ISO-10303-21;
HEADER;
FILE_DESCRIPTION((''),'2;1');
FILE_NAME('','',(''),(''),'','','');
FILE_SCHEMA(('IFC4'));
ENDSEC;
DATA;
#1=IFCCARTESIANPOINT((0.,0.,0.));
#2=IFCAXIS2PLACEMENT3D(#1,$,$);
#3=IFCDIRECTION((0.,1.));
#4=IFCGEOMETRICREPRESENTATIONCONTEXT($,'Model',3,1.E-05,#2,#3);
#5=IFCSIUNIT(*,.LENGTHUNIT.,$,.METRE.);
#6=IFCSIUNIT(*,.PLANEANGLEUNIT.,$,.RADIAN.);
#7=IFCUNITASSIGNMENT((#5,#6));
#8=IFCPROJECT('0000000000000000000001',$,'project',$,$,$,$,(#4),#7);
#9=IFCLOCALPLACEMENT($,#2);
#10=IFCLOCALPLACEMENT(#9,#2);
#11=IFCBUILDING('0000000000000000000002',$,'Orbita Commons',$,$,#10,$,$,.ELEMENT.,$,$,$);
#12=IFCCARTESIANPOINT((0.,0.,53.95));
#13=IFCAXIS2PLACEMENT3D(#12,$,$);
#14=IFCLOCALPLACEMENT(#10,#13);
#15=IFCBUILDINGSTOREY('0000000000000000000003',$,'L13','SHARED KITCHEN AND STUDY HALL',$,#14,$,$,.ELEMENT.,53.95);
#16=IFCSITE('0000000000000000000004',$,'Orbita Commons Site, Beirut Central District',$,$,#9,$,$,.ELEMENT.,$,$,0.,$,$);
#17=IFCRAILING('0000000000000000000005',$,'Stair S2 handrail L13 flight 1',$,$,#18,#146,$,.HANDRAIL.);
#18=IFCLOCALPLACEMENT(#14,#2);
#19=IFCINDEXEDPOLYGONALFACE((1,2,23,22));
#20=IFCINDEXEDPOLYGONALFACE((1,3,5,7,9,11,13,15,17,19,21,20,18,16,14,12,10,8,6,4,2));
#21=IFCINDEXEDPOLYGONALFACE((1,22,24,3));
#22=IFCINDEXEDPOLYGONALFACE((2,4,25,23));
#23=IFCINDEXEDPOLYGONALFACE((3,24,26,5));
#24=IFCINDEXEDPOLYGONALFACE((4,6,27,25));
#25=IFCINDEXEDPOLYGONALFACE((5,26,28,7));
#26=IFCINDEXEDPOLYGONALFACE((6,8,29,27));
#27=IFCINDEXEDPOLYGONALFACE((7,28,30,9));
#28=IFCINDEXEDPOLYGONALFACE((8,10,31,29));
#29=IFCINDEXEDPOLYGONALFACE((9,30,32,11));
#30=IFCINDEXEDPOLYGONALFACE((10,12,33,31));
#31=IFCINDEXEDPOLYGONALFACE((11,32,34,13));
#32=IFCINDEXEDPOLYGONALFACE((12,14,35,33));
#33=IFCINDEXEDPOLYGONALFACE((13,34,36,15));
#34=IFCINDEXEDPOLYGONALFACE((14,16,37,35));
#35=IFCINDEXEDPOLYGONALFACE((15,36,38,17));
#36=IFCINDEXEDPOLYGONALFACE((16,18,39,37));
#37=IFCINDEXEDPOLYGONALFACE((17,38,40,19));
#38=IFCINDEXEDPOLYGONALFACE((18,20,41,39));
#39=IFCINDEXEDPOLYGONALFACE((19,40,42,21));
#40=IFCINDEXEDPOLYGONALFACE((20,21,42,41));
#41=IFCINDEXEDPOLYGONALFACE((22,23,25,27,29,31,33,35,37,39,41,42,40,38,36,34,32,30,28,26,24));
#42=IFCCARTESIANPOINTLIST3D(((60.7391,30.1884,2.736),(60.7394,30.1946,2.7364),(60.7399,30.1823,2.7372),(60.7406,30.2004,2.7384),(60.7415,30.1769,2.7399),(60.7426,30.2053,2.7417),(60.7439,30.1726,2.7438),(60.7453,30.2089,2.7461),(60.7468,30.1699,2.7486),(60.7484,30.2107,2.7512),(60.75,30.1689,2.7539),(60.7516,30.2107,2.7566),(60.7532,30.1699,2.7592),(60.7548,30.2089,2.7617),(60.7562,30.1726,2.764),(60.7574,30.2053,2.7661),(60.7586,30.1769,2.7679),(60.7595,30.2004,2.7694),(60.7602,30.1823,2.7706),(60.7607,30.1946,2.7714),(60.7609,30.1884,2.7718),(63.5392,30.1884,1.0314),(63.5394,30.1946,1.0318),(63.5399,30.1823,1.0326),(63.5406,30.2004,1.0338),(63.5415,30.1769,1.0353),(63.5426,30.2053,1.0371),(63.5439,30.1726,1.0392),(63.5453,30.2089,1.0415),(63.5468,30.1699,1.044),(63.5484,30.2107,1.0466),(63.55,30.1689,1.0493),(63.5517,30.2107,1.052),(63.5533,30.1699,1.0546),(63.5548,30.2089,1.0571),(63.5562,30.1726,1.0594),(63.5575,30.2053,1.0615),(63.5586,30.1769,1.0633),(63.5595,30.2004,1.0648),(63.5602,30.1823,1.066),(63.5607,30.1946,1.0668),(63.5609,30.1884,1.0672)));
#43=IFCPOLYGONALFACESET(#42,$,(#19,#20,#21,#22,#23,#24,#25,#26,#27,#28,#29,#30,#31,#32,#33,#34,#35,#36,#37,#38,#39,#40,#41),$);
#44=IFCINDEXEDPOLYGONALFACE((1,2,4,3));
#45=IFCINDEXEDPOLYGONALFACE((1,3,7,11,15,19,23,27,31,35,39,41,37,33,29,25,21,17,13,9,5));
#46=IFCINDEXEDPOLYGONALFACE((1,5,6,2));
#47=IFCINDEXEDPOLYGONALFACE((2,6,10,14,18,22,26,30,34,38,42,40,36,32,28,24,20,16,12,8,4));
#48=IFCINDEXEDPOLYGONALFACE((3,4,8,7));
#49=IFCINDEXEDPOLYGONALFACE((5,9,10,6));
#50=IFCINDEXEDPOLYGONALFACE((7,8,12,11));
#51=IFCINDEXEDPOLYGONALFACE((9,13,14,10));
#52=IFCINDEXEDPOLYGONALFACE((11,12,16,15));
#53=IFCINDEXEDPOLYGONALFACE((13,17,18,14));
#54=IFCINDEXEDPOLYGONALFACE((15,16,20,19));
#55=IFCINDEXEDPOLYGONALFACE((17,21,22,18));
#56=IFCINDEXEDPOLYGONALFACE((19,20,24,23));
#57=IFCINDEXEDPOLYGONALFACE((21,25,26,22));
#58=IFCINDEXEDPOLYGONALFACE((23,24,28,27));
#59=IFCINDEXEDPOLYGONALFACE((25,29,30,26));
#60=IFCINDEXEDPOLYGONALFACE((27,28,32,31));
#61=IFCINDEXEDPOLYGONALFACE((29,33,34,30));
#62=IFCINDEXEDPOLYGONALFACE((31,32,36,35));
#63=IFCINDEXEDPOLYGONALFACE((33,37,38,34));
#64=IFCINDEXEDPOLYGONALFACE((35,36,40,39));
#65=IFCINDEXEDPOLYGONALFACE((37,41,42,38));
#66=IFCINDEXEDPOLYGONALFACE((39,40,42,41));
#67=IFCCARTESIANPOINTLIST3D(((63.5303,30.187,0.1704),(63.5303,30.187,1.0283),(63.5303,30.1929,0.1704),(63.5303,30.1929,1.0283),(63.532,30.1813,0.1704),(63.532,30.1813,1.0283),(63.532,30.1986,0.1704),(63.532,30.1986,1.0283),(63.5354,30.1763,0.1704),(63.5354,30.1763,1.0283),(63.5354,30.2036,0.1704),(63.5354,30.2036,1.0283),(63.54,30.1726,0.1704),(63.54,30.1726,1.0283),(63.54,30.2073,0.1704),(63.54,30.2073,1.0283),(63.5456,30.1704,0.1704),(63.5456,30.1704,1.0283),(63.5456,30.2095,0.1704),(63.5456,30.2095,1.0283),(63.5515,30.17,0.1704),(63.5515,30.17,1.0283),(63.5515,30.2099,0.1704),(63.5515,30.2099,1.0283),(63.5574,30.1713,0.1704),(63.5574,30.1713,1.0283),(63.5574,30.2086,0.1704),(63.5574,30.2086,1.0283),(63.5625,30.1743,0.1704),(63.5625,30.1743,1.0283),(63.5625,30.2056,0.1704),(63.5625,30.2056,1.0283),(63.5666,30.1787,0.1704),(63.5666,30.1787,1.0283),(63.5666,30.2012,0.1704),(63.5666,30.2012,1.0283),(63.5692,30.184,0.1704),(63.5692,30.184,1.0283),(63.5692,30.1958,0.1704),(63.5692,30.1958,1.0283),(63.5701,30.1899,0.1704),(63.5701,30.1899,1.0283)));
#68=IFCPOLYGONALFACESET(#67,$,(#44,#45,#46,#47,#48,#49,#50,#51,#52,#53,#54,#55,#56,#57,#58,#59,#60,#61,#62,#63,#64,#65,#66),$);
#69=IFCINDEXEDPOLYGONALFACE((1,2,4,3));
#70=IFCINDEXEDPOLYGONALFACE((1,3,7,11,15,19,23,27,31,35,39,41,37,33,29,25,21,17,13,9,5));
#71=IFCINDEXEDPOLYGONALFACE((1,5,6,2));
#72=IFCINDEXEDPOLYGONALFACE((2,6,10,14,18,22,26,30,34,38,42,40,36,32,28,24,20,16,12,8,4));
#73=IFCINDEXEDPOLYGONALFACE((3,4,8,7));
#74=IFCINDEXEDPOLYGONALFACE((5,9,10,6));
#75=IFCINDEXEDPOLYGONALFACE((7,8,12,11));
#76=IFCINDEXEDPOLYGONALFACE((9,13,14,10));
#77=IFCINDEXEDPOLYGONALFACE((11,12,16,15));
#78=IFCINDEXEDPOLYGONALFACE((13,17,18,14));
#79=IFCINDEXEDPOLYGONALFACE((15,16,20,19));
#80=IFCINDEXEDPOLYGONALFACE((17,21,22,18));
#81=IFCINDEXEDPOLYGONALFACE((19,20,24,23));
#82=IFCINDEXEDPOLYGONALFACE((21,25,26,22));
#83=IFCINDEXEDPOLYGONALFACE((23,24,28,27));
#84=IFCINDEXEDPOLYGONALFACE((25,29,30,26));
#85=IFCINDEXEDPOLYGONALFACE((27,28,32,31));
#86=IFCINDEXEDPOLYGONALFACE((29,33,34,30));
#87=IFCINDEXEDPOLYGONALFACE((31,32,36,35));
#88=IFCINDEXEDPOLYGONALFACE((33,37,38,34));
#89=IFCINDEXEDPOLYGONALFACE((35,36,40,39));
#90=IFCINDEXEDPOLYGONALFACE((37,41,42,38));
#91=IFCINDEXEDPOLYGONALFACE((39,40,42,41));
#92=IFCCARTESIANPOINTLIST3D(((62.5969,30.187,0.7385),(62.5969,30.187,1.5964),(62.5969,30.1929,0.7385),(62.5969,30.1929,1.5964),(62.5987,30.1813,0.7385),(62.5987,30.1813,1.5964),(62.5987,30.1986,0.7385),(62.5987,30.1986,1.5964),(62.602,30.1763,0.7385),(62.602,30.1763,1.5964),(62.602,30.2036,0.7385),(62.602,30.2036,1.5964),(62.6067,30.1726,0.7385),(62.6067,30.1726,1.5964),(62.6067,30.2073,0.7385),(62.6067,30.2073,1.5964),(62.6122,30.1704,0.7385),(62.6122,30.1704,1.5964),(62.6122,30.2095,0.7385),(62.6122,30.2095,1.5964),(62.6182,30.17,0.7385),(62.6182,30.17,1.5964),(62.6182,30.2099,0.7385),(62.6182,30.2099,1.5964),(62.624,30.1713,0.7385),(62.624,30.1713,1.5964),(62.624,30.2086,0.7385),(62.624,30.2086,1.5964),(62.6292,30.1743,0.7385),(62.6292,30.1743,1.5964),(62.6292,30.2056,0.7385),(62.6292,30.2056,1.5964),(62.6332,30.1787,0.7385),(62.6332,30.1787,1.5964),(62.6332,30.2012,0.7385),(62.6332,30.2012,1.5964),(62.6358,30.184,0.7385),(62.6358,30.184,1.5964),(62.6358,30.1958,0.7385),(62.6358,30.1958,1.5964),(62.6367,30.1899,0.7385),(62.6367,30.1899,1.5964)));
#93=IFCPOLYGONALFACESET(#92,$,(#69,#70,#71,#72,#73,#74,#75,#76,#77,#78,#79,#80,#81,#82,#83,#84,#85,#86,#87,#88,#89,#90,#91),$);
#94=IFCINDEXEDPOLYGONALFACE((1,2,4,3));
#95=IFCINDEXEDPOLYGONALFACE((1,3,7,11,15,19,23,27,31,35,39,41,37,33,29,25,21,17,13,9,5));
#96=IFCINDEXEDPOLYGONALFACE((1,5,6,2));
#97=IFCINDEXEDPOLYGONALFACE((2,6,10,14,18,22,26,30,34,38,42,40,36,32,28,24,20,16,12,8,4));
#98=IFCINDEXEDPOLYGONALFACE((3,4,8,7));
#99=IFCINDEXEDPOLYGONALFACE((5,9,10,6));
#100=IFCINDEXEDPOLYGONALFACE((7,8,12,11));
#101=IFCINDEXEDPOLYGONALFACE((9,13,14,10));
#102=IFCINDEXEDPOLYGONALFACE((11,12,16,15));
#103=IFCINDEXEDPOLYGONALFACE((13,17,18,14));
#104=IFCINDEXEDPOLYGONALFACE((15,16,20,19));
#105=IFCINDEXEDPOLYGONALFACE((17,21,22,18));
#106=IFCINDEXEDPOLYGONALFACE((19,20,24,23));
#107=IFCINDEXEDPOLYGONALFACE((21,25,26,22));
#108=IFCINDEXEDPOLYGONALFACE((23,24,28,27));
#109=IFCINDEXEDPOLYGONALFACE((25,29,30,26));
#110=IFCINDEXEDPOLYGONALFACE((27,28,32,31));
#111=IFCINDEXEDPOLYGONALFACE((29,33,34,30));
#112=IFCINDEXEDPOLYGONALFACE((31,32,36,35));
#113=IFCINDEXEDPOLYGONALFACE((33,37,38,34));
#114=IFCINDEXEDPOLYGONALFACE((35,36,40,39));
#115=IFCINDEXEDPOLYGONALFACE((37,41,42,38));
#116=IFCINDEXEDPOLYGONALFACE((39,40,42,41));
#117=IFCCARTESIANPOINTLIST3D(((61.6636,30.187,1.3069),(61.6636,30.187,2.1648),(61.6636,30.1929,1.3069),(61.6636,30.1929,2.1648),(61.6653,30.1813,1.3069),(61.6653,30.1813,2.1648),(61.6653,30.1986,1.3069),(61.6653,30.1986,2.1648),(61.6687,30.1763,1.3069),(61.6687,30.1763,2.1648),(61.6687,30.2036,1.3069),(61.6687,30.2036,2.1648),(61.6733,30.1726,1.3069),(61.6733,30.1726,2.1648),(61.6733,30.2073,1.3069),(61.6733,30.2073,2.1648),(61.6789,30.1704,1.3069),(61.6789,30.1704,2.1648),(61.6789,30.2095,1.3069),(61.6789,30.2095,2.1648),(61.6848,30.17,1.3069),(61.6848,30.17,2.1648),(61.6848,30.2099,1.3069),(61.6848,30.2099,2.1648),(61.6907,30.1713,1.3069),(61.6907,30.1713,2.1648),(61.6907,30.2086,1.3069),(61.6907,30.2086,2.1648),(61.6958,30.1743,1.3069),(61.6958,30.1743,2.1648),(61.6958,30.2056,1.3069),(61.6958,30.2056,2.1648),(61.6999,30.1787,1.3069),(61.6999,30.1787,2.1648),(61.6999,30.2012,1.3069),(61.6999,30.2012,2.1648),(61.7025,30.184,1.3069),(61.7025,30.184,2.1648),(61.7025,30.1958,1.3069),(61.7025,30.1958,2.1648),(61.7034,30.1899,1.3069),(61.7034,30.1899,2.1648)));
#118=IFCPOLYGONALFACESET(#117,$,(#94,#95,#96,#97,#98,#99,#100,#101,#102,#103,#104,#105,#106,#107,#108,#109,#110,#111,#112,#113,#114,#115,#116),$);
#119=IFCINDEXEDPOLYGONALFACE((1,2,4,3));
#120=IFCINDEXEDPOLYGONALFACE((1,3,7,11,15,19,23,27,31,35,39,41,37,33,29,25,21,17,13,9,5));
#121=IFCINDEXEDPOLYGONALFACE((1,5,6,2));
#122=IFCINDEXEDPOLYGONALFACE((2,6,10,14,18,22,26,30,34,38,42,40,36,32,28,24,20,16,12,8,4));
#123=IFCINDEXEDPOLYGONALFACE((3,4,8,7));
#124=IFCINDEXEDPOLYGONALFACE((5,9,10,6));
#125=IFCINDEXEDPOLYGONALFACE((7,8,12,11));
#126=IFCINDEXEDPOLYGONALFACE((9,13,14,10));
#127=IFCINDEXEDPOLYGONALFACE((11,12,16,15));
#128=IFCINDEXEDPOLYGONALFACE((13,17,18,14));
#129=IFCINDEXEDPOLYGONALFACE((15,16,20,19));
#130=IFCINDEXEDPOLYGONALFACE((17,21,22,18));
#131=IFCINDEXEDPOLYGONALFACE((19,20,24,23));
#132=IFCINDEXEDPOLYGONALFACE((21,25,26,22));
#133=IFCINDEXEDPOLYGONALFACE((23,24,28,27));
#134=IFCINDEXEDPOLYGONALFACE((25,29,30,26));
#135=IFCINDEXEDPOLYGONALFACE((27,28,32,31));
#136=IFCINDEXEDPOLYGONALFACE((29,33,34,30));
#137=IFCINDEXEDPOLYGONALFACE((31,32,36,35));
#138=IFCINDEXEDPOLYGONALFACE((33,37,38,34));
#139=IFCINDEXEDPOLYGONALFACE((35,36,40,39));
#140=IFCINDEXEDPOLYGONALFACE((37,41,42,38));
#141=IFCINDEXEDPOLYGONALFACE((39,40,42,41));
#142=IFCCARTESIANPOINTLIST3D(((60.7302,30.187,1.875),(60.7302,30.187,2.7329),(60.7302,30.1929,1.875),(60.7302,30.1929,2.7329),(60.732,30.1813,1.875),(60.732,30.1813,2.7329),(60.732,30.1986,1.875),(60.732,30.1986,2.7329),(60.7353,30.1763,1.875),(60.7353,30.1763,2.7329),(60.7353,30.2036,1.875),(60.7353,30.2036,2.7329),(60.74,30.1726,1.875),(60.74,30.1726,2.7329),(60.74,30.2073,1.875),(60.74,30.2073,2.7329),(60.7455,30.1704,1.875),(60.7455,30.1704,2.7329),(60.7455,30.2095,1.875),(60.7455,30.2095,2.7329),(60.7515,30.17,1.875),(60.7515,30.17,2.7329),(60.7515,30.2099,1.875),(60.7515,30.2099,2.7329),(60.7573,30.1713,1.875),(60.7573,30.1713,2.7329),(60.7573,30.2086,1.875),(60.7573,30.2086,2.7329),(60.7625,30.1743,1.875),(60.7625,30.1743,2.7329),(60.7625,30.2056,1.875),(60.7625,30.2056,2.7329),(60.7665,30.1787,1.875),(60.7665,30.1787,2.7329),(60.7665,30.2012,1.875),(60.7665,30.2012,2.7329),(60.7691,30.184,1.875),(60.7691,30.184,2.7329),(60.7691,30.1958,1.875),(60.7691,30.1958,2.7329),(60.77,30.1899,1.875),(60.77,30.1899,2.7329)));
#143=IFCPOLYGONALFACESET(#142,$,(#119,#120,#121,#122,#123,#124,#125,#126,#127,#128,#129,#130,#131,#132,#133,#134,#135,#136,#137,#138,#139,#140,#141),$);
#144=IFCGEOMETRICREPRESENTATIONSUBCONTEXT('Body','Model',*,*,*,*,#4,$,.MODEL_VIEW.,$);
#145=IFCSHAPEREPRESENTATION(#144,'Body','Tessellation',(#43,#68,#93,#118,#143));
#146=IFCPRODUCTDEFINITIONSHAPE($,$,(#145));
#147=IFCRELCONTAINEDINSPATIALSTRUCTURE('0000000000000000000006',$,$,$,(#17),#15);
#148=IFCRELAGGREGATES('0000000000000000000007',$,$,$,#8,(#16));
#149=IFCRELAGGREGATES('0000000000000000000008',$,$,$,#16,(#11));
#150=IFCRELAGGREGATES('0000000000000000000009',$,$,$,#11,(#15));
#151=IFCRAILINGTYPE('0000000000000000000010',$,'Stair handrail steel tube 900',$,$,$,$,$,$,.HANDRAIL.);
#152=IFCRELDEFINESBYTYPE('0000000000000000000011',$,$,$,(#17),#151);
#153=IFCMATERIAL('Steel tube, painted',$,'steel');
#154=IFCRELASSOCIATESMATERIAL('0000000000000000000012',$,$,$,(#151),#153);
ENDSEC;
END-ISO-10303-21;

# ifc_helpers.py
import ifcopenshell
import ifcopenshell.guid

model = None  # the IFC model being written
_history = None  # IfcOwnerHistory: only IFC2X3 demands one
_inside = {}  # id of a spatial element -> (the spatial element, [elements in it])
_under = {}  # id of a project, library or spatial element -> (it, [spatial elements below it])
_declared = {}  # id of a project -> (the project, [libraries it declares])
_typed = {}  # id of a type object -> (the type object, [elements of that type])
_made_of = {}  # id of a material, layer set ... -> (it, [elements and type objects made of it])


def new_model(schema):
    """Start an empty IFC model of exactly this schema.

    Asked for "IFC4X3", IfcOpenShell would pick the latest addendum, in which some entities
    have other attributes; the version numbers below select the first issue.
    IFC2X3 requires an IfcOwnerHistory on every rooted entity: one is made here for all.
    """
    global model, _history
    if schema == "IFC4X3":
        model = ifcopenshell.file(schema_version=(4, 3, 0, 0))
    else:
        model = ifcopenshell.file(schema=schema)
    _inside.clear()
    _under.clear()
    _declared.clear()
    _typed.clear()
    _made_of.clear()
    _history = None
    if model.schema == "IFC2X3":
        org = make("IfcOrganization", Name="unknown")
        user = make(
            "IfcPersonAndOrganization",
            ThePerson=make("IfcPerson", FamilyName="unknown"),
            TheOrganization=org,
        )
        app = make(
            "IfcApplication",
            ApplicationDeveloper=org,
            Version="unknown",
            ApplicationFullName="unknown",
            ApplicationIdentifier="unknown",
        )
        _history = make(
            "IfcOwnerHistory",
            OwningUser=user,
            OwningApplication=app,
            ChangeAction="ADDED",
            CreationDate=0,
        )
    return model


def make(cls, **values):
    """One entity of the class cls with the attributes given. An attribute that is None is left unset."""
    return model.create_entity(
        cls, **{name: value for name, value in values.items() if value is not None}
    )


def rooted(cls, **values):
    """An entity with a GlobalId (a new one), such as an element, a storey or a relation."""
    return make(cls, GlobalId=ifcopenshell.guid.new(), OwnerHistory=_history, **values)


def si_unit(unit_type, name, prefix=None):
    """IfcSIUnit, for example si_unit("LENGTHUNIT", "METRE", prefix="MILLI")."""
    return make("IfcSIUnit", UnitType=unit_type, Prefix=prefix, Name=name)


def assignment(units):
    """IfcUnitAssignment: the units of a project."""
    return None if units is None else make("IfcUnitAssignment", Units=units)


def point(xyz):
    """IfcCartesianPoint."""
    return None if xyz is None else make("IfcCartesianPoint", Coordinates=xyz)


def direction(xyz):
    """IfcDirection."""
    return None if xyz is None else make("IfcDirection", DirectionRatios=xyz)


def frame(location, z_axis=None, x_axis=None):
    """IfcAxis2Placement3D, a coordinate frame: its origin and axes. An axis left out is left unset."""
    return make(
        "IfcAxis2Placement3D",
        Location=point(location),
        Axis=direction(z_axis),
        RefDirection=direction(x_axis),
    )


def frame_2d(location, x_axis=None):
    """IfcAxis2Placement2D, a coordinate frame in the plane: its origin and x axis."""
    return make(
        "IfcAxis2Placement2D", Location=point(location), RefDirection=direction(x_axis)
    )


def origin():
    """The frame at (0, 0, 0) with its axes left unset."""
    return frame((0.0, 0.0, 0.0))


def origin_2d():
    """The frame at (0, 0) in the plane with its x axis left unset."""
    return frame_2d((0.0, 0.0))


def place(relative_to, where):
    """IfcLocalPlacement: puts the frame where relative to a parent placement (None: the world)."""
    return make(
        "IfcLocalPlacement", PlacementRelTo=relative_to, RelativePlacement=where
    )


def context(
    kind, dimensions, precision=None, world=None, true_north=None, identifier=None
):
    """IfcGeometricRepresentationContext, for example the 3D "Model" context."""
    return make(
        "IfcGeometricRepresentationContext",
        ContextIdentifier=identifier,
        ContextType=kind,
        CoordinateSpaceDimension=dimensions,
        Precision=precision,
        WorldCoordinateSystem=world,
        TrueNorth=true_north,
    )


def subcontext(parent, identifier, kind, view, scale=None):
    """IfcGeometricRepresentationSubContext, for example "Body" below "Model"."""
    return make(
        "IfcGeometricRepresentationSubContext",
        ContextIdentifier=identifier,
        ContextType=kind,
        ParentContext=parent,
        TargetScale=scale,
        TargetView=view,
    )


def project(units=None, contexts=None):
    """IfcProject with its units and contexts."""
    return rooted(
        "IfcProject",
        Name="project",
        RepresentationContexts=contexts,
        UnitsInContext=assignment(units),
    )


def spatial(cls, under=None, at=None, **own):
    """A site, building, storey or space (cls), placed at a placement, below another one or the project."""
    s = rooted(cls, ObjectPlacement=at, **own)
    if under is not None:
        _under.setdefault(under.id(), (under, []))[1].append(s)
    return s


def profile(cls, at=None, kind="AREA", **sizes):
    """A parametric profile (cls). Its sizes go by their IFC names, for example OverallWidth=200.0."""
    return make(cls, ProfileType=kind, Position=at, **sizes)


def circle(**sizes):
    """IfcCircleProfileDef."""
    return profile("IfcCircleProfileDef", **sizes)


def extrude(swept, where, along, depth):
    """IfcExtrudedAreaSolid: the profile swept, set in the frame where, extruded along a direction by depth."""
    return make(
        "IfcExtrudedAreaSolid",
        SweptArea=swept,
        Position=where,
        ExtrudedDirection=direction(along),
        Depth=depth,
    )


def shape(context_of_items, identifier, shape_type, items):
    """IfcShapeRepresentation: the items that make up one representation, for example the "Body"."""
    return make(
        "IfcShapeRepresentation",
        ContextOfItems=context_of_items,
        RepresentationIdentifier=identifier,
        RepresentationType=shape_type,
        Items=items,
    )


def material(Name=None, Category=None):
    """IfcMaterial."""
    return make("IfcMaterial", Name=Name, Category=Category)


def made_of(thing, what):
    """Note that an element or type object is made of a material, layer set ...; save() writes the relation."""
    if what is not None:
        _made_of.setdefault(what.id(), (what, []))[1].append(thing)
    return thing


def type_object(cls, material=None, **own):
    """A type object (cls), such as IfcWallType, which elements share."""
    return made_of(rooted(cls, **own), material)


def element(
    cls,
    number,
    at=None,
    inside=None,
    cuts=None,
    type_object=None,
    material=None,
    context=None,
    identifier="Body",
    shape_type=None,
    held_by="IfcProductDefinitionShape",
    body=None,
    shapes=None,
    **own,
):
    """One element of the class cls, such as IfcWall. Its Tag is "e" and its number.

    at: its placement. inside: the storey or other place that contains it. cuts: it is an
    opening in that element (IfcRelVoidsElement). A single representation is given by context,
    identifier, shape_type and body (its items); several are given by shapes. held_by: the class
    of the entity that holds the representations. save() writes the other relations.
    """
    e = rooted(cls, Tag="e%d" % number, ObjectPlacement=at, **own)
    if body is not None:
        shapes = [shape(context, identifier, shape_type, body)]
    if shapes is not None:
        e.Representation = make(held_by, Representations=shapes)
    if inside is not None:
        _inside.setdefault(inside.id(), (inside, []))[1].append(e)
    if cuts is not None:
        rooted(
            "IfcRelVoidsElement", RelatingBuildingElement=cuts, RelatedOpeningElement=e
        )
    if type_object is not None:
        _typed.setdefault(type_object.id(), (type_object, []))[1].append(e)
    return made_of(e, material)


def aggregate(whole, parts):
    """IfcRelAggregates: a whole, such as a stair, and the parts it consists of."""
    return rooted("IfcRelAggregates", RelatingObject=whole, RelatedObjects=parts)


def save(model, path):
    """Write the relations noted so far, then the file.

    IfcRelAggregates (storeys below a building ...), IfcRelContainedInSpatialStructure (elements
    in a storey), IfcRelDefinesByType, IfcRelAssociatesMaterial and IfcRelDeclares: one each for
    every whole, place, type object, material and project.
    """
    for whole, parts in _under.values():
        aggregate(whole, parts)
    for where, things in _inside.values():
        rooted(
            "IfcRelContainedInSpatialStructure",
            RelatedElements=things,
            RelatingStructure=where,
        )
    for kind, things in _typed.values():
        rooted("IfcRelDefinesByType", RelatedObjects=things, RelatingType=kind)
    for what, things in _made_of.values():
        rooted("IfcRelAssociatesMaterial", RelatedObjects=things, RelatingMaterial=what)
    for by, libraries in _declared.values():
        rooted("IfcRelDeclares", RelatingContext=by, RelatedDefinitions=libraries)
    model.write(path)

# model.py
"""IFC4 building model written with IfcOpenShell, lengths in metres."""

from ifc_helpers import new_model, si_unit, direction, frame, origin, origin_2d, place, context, subcontext, project, spatial, circle, extrude, material, type_object, element, save


model = new_model("IFC4")

# Units and contexts
model_context = context("Model", 3, precision=1e-05, world=origin(), true_north=direction((0.0, 1.0)))
body_context = subcontext(model_context, "Body", "Model", "MODEL_VIEW")
ifc_project = project(units=[si_unit("LENGTHUNIT", "METRE"), si_unit("PLANEANGLEUNIT", "RADIAN")], contexts=[model_context])

# Site, building, storey
site_placement = place(None, origin())
site = spatial("IfcSite", under=ifc_project, at=site_placement, Name="Orbita Commons Site, Beirut Central District", CompositionType="ELEMENT", RefElevation=0.0)
building_placement = place(site_placement, origin())
building = spatial("IfcBuilding", under=site, at=building_placement, Name="Orbita Commons", CompositionType="ELEMENT")
storey_placement = place(building_placement, frame((0.0, 0.0, 53.95)))
storey = spatial("IfcBuildingStorey", under=building, at=storey_placement, Name="L13", Description="SHARED KITCHEN AND STUDY HALL", CompositionType="ELEMENT", Elevation=53.95)

# Railing
ifc_material_1 = material(Name="Steel tube, painted", Category="steel")
railing_type = type_object("IfcRailingType", Name="Stair handrail steel tube 900", PredefinedType="HANDRAIL", material=ifc_material_1)
railing_placement = place(storey_placement, frame((63.55, 30.1899, 0.1704)))
element("IfcRailing", 1, at=railing_placement, inside=storey, type_object=railing_type, Name="Stair S2 handrail L13 flight 1", PredefinedType="HANDRAIL", context=body_context, shape_type="SweptSolid", body=[
    extrude(circle(Radius=0.021, at=origin_2d()), frame((0.0, 0.0, 0.8789), z_axis=(-0.85417, 0.0, 0.519994), x_axis=(0.0, -1.0, 0.0)), (0.0, 0.0, 1.0), 3.2781),
    extrude(circle(Radius=0.02, at=origin_2d()), origin(), (0.0, 0.0, 1.0), 0.8579),
    extrude(circle(Radius=0.02, at=origin_2d()), frame((-0.9333, 0.0, 0.5681)), (0.0, 0.0, 1.0), 0.8579),
    extrude(circle(Radius=0.02, at=origin_2d()), frame((-1.8667, 0.0, 1.1365)), (0.0, 0.0, 1.0), 0.8579),
    extrude(circle(Radius=0.02, at=origin_2d()), frame((-2.8, 0.0, 1.7046)), (0.0, 0.0, 1.0), 0.8579),
])

save(model, "model.ifc")
